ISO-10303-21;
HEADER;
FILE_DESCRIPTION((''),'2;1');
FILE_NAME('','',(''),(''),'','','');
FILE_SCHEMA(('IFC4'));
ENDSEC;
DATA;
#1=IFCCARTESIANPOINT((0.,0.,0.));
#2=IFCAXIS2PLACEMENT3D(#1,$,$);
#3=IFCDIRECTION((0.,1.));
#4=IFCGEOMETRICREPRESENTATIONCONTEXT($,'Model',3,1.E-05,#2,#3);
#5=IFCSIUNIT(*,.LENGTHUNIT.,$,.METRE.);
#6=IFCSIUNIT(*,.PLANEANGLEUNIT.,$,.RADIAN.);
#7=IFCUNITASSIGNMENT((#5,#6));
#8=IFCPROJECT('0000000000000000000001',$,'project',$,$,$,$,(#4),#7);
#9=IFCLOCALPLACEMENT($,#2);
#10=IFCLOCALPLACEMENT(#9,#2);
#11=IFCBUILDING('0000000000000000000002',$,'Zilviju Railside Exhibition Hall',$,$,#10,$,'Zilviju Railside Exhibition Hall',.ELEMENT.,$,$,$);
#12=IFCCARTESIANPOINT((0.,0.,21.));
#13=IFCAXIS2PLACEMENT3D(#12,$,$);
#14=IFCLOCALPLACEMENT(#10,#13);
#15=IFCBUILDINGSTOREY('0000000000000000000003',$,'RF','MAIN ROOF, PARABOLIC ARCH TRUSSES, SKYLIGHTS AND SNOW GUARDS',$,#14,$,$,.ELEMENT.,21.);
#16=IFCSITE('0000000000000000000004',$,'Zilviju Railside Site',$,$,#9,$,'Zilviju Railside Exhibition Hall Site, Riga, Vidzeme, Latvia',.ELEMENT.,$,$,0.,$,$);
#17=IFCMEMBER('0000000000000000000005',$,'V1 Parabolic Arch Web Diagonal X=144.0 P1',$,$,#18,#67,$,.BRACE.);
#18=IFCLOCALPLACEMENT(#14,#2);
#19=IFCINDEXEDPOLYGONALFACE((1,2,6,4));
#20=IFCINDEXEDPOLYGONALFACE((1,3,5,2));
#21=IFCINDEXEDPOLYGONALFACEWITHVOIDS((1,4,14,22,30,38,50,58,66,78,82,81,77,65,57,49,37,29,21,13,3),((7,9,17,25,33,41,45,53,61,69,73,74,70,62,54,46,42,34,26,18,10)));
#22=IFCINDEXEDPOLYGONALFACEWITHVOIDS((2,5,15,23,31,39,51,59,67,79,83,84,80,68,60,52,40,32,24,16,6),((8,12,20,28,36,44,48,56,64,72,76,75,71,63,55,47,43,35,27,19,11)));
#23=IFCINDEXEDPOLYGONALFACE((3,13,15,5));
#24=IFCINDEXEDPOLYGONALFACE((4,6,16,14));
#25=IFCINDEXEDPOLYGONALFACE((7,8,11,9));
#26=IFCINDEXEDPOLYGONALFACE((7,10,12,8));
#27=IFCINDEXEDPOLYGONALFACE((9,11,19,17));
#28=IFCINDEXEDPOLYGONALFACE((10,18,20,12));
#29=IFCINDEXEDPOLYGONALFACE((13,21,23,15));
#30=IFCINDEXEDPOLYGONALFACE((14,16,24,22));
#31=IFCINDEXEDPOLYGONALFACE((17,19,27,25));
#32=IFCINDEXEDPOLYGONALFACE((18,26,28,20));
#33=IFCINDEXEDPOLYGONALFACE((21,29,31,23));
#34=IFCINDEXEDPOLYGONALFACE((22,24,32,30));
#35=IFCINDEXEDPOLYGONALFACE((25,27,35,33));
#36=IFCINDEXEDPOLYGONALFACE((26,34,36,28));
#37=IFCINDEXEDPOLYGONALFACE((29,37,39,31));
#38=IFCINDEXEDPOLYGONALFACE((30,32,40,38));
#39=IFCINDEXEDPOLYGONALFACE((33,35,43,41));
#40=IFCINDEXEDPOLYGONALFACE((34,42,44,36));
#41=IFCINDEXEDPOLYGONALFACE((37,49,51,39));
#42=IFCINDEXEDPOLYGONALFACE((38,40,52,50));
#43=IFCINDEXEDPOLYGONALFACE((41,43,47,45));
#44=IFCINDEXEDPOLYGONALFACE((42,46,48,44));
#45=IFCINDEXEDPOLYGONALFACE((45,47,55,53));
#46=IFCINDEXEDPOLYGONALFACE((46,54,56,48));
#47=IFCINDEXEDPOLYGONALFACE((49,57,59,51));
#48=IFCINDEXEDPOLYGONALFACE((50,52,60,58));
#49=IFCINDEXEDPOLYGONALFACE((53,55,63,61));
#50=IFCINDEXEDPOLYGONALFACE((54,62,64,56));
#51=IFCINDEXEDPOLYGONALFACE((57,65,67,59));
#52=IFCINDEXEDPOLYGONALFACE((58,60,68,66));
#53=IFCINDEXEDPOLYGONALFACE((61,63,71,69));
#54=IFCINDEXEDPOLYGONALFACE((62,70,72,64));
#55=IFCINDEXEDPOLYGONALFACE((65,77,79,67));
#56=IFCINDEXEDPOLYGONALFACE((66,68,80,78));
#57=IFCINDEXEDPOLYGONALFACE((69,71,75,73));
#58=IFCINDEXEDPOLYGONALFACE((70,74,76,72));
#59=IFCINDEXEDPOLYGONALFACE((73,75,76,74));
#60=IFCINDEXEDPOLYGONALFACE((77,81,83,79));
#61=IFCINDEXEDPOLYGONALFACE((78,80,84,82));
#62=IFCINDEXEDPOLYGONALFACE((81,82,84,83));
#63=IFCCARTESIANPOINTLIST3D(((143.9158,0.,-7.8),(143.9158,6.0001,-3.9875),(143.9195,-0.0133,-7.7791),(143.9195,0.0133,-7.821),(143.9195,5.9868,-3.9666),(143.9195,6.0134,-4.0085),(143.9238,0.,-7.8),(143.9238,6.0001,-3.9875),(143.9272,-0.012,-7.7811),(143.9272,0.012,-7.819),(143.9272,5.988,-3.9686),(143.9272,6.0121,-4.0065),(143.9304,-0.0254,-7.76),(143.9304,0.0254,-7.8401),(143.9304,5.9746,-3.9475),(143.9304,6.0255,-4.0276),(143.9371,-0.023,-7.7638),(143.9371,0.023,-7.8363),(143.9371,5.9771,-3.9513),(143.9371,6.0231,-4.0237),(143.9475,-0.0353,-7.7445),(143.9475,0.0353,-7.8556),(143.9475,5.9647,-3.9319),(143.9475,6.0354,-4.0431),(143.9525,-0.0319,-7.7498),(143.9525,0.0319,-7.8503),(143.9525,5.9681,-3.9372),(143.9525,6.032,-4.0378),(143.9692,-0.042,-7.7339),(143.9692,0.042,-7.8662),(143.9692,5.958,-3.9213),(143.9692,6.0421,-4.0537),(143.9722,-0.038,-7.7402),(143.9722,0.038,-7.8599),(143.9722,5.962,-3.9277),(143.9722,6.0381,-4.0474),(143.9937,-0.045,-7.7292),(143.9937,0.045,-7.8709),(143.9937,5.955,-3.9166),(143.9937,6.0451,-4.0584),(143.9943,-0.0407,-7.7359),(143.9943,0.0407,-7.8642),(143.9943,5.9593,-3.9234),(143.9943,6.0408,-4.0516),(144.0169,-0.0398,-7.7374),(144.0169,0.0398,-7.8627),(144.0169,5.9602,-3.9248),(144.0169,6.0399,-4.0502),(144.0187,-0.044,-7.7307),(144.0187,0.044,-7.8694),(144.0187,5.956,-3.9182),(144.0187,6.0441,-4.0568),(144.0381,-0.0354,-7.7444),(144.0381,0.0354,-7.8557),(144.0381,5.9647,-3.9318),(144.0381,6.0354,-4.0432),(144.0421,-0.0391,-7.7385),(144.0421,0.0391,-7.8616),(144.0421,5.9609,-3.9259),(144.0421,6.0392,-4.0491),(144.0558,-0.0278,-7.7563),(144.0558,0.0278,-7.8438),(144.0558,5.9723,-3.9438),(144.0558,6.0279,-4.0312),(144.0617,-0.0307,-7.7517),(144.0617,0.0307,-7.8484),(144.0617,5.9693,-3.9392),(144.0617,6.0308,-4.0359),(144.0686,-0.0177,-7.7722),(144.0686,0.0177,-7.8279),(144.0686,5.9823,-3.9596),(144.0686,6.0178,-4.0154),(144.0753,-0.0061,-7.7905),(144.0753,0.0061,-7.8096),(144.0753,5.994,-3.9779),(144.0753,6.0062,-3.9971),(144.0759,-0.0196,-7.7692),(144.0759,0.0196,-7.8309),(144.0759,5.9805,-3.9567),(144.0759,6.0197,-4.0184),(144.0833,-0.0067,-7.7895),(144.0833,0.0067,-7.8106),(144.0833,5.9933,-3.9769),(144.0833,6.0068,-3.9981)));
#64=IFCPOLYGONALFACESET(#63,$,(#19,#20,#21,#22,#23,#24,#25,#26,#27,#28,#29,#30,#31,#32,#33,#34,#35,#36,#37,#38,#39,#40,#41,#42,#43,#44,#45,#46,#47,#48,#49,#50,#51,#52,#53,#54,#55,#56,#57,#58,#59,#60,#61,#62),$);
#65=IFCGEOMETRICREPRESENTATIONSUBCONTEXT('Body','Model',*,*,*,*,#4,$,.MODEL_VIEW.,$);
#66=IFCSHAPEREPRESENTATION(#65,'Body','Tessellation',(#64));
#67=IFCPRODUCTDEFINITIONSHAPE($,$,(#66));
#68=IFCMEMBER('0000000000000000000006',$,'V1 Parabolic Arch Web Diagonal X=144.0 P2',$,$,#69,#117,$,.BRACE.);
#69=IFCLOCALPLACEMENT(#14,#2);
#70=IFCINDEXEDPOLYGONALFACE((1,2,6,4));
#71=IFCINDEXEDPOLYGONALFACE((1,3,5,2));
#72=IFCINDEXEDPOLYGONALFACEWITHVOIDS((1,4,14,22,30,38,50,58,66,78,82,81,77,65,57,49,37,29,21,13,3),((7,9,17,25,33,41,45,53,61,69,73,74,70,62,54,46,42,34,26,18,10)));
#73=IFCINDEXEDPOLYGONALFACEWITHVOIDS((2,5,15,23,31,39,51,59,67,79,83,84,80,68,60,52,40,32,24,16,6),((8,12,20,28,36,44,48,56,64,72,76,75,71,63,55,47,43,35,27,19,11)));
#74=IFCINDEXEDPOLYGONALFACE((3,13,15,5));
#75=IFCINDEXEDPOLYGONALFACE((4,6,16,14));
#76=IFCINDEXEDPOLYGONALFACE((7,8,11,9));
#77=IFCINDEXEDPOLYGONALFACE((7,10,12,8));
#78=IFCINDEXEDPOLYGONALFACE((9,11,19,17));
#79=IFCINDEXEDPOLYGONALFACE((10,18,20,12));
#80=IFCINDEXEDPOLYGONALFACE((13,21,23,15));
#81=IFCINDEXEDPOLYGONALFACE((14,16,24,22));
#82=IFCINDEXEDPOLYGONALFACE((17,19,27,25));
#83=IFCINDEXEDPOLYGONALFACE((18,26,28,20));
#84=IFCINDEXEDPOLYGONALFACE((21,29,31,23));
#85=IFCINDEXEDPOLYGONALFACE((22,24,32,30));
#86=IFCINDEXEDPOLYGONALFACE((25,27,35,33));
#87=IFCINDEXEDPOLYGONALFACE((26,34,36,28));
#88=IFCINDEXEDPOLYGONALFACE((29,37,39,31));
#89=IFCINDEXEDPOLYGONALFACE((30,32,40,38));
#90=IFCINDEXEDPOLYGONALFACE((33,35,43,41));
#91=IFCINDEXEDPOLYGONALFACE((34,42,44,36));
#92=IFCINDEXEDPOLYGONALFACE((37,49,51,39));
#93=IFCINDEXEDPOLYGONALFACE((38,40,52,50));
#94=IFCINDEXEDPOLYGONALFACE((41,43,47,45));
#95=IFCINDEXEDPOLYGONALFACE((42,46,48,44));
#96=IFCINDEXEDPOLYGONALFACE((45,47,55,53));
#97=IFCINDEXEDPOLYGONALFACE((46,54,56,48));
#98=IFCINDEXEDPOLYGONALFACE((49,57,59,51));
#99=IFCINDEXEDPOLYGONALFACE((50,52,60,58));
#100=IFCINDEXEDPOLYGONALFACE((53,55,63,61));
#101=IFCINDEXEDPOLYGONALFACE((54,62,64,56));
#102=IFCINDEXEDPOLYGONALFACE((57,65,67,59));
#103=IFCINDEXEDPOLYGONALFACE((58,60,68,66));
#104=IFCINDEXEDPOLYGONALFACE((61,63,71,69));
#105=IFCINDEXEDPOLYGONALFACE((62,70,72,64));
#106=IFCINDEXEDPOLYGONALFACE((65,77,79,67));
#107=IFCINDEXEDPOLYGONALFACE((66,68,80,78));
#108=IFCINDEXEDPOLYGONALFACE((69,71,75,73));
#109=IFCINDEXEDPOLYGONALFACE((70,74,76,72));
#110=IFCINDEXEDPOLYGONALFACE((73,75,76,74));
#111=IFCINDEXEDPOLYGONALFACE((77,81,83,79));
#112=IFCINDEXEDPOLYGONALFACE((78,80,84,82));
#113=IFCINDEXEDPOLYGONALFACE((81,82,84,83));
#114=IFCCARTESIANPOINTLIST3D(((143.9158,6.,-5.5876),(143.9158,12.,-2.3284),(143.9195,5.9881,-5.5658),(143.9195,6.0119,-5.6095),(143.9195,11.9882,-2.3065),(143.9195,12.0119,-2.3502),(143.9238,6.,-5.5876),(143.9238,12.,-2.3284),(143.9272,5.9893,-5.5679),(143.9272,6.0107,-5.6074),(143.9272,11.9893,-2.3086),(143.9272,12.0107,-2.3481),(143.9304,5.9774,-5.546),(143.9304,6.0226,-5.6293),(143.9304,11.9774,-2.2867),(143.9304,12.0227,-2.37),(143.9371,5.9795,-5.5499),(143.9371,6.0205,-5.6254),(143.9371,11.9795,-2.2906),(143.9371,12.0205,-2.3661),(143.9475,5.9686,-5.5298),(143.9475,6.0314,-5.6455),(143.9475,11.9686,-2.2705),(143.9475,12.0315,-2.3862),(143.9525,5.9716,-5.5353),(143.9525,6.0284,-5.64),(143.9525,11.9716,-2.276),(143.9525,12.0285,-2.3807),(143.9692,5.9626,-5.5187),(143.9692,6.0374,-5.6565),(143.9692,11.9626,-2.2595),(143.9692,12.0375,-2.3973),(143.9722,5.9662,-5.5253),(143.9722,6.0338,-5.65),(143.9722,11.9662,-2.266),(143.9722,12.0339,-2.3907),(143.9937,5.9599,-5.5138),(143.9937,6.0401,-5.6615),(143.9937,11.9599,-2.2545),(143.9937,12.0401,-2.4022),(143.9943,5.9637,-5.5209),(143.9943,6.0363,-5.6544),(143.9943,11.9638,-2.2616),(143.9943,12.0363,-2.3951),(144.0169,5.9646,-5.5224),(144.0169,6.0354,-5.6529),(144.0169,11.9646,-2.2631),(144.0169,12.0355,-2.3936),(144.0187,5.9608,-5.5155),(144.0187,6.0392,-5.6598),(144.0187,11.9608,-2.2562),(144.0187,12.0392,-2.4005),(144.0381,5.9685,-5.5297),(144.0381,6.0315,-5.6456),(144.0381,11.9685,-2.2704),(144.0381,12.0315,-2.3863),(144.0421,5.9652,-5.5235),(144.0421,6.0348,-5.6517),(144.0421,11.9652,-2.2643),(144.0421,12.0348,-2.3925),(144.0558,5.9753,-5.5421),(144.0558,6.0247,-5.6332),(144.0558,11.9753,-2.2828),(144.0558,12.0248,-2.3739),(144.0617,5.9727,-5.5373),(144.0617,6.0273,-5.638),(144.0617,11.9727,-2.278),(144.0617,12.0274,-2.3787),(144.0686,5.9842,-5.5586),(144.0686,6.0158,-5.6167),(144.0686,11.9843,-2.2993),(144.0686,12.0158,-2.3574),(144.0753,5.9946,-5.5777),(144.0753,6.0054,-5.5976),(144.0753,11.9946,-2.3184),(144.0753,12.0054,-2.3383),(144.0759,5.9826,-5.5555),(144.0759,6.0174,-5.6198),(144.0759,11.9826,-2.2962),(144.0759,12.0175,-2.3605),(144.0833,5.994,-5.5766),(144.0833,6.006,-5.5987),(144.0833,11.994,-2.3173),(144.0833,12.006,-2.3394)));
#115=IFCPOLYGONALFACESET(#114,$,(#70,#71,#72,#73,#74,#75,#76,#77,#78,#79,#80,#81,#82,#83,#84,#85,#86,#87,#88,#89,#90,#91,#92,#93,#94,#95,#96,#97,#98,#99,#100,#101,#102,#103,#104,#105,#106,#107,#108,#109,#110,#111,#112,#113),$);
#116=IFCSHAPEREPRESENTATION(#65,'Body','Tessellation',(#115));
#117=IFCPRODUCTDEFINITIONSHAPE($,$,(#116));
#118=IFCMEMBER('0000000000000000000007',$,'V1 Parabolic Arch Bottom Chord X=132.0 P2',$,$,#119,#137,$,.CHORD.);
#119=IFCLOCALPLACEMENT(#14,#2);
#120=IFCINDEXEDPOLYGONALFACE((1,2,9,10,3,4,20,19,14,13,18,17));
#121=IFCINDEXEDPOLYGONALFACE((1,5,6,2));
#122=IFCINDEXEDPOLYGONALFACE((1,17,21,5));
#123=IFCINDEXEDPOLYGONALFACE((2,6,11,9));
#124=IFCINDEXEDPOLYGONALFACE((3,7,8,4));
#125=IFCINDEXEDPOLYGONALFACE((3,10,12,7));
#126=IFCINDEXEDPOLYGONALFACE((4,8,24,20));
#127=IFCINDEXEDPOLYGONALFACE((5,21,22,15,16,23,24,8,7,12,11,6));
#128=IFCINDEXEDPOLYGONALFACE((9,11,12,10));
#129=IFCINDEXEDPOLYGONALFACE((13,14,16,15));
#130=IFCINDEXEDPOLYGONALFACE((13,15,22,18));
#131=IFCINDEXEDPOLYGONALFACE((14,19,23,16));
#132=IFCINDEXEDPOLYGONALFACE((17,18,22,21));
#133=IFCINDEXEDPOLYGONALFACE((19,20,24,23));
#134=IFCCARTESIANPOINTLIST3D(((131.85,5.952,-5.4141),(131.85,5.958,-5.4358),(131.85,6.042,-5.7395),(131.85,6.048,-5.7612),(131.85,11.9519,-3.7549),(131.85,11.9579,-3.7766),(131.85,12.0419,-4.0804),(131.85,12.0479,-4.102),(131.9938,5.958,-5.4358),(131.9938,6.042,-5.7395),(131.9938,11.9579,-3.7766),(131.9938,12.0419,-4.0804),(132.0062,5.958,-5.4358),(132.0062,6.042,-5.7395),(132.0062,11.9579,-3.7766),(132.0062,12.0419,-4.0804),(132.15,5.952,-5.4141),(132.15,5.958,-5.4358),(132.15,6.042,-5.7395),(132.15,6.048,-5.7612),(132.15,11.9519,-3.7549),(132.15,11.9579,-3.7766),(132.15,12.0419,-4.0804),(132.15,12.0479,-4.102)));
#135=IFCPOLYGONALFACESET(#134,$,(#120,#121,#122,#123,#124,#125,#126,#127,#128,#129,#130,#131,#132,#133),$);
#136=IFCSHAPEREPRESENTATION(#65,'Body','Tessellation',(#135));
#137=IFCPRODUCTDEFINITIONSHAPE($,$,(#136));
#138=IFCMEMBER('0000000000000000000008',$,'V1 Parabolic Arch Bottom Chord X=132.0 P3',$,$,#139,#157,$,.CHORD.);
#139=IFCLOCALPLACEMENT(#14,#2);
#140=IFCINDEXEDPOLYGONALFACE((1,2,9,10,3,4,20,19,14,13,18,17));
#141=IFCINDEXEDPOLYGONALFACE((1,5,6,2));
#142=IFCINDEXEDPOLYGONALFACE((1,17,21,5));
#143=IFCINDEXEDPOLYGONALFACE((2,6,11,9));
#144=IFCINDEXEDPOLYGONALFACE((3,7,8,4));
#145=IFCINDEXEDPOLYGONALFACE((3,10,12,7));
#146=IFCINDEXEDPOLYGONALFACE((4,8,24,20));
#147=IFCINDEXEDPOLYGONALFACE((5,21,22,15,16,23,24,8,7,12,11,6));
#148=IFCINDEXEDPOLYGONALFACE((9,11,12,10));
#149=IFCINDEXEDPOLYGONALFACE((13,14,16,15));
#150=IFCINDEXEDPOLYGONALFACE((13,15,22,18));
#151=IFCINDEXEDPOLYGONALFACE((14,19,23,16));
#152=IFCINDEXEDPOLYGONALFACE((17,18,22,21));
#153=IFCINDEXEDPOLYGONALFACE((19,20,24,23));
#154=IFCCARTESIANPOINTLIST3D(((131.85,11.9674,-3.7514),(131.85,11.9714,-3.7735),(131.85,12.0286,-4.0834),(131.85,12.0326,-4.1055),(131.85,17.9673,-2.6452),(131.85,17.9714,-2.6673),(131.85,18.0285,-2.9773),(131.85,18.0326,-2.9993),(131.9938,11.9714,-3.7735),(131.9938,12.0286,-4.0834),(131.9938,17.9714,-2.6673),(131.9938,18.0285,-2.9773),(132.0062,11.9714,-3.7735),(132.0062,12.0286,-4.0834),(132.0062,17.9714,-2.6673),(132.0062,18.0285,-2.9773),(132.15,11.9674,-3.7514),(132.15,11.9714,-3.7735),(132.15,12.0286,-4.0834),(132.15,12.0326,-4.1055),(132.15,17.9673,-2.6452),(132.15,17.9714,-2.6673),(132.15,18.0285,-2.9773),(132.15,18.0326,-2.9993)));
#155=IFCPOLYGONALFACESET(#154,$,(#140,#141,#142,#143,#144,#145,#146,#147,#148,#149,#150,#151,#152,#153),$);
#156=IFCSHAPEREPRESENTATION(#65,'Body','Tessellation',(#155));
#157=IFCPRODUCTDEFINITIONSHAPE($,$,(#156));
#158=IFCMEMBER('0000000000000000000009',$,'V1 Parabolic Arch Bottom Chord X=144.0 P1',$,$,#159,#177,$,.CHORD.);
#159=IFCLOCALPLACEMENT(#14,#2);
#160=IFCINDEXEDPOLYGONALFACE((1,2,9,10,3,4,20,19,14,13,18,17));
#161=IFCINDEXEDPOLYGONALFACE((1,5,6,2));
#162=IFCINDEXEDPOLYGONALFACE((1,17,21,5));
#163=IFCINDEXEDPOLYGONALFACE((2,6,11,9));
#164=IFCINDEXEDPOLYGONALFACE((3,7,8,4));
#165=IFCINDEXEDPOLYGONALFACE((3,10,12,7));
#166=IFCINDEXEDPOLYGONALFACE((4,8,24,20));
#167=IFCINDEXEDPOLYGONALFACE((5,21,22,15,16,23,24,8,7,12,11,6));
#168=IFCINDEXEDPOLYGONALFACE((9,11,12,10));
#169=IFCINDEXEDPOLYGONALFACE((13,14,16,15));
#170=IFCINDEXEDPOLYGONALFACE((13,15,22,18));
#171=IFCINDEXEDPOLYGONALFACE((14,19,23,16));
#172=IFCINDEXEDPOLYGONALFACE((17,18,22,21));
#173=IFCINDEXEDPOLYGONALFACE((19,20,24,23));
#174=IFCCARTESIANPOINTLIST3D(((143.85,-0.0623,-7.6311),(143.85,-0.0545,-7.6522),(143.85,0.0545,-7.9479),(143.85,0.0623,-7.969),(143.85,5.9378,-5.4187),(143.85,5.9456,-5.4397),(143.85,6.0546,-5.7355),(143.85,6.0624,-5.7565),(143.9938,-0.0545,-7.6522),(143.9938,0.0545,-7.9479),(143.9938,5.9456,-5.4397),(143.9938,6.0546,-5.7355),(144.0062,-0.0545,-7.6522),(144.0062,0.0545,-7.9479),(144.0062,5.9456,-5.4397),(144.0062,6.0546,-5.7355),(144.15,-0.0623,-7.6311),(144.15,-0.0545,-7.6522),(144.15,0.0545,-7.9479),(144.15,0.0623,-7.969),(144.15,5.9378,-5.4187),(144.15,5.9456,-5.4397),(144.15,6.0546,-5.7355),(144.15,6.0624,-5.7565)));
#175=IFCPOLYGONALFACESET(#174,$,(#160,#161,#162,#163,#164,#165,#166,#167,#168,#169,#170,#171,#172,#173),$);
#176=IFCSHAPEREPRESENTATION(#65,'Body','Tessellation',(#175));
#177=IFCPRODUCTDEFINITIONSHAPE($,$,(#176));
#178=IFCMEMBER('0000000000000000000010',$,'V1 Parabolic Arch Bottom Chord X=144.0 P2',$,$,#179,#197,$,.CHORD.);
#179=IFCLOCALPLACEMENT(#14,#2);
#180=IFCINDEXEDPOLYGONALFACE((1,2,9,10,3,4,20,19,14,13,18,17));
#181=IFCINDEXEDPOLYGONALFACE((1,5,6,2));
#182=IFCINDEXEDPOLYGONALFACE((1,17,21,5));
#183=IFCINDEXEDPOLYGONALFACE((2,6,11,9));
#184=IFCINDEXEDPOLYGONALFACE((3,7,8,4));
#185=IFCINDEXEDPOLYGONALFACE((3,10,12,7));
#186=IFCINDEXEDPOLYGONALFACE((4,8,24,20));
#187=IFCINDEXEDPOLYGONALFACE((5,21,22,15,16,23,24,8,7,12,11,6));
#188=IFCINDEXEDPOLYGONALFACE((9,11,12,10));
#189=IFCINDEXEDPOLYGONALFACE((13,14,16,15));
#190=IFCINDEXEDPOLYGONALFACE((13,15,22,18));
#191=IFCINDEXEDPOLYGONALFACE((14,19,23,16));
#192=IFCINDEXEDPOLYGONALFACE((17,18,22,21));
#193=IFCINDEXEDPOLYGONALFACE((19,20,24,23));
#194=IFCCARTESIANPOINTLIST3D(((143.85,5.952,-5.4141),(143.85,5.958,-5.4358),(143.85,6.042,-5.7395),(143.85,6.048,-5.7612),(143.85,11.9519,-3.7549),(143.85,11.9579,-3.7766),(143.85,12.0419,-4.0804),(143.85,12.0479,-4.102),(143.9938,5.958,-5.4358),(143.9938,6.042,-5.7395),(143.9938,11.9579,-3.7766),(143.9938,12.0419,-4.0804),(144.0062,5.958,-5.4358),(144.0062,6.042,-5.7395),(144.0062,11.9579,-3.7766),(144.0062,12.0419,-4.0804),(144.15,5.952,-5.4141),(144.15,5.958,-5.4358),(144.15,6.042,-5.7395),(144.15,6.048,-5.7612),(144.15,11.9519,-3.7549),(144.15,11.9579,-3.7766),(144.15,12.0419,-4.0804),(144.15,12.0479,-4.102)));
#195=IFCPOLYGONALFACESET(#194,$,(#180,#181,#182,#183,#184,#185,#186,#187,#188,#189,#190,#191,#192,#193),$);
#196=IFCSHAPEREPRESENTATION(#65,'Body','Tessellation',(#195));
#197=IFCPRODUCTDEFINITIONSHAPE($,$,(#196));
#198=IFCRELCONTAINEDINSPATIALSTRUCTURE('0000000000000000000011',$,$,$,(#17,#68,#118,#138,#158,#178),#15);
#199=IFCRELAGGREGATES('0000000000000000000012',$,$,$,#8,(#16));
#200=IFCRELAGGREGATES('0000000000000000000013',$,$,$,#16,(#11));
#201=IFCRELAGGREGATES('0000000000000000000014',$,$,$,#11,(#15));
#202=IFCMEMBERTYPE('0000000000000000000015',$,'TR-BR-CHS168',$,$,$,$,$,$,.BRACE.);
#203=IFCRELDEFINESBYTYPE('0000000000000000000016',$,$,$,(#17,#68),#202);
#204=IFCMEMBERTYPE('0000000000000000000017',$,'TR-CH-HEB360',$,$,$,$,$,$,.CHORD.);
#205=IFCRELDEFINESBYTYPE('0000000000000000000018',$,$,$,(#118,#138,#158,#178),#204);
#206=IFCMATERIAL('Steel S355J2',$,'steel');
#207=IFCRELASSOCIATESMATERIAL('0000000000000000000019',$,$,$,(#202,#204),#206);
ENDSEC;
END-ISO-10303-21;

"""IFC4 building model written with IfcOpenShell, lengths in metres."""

from ifc_helpers import new_model, si_unit, direction, frame, origin, origin_2d, place, context, subcontext, project, spatial, hollow_circle, i_section, extrude, material, material_profile, profile_set, type_object, element, save


model = new_model("IFC4")

# Units and contexts
model_context = context("Model", 3, precision=1e-05, world=origin(), true_north=direction((0.0, 1.0)))
body_context = subcontext(model_context, "Body", "Model", "MODEL_VIEW")
ifc_project = project(units=[si_unit("LENGTHUNIT", "METRE"), si_unit("PLANEANGLEUNIT", "RADIAN")], contexts=[model_context])

# Site, building, storey
site_placement = place(None, origin())
site = spatial("IfcSite", under=ifc_project, at=site_placement, Name="Zilviju Railside Site", LongName="Zilviju Railside Exhibition Hall Site, Riga, Vidzeme, Latvia", CompositionType="ELEMENT", RefElevation=0.0)
building_placement = place(site_placement, origin())
building = spatial("IfcBuilding", under=site, at=building_placement, Name="Zilviju Railside Exhibition Hall", LongName="Zilviju Railside Exhibition Hall", CompositionType="ELEMENT")
storey_placement = place(building_placement, frame((0.0, 0.0, 21.0)))
storey = spatial("IfcBuildingStorey", under=building, at=storey_placement, Name="RF", Description="MAIN ROOF, PARABOLIC ARCH TRUSSES, SKYLIGHTS AND SNOW GUARDS", CompositionType="ELEMENT", Elevation=21.0)

# Members
ifc_material_1 = material(Name="Steel S355J2", Category="steel")
ifc_material_profile_1 = material_profile(ifc_material_1, hollow_circle(Radius=0.0842, WallThickness=0.0081, at=origin_2d()), Name="CHS 168.3x8.0")
ifc_profile_set_1 = profile_set([ifc_material_profile_1], Name="Steel S355J2")
member_type_1 = type_object("IfcMemberType", Name="TR-BR-CHS168", PredefinedType="BRACE", material=ifc_profile_set_1)
member_1_placement = place(storey_placement, frame((144.0, 0.0, -7.8), z_axis=(0.0, 0.844023, 0.536306), x_axis=(-1.0, 0.0, 0.0)))
element("IfcMember", 1, at=member_1_placement, inside=storey, type_object=member_type_1, Name="V1 Parabolic Arch Web Diagonal X=144.0 P1", PredefinedType="BRACE", context=body_context, shape_type="SweptSolid", body=[
    extrude(hollow_circle(Radius=0.0842, WallThickness=0.0081, at=origin_2d()), origin(), (0.0, 0.0, 1.0), 7.1089),
])
member_2_placement = place(storey_placement, frame((144.0, 6.0, -5.5876), z_axis=(0.0, 0.878722, 0.477333), x_axis=(-1.0, 0.0, 0.0)))
element("IfcMember", 2, at=member_2_placement, inside=storey, type_object=member_type_1, Name="V1 Parabolic Arch Web Diagonal X=144.0 P2", PredefinedType="BRACE", context=body_context, shape_type="SweptSolid", body=[
    extrude(hollow_circle(Radius=0.0842, WallThickness=0.0081, at=origin_2d()), origin(), (0.0, 0.0, 1.0), 6.8281),
])
ifc_material_profile_2 = material_profile(ifc_material_1, i_section(OverallWidth=0.3, OverallDepth=0.3601, WebThickness=0.0125, FlangeThickness=0.0225, at=origin_2d()), Name="HEB 360")
ifc_profile_set_2 = profile_set([ifc_material_profile_2], Name="Steel S355J2")
member_type_2 = type_object("IfcMemberType", Name="TR-CH-HEB360", PredefinedType="CHORD", material=ifc_profile_set_2)
member_3_placement = place(storey_placement, frame((132.0, 6.0, -5.5876), z_axis=(0.0, 0.963827, 0.266527), x_axis=(-1.0, 0.0, 0.0)))
element("IfcMember", 3, at=member_3_placement, inside=storey, type_object=member_type_2, Name="V1 Parabolic Arch Bottom Chord X=132.0 P2", PredefinedType="CHORD", context=body_context, shape_type="SweptSolid", body=[
    extrude(i_section(OverallWidth=0.3, OverallDepth=0.3601, WebThickness=0.0125, FlangeThickness=0.0225, at=origin_2d()), origin(), (0.0, 0.0, 1.0), 6.2251),
])
member_4_placement = place(storey_placement, frame((132.0, 12.0, -3.9285), z_axis=(0.0, 0.983426, 0.181311), x_axis=(-1.0, 0.0, 0.0)))
element("IfcMember", 4, at=member_4_placement, inside=storey, type_object=member_type_2, Name="V1 Parabolic Arch Bottom Chord X=132.0 P3", PredefinedType="CHORD", context=body_context, shape_type="SweptSolid", body=[
    extrude(i_section(OverallWidth=0.3, OverallDepth=0.3601, WebThickness=0.0125, FlangeThickness=0.0225, at=origin_2d()), origin(), (0.0, 0.0, 1.0), 6.1011),
])
member_5_placement = place(storey_placement, frame((144.0, 0.0, -7.8), z_axis=(0.0, 0.938248, 0.345964), x_axis=(-1.0, 0.0, 0.0)))
element("IfcMember", 5, at=member_5_placement, inside=storey, type_object=member_type_2, Name="V1 Parabolic Arch Bottom Chord X=144.0 P1", PredefinedType="CHORD", context=body_context, shape_type="SweptSolid", body=[
    extrude(i_section(OverallWidth=0.3, OverallDepth=0.3601, WebThickness=0.0125, FlangeThickness=0.0225, at=origin_2d()), origin(), (0.0, 0.0, 1.0), 6.395),
])
member_6_placement = place(storey_placement, frame((144.0, 6.0, -5.5876), z_axis=(0.0, 0.963827, 0.266527), x_axis=(-1.0, 0.0, 0.0)))
element("IfcMember", 6, at=member_6_placement, inside=storey, type_object=member_type_2, Name="V1 Parabolic Arch Bottom Chord X=144.0 P2", PredefinedType="CHORD", context=body_context, shape_type="SweptSolid", body=[
    extrude(i_section(OverallWidth=0.3, OverallDepth=0.3601, WebThickness=0.0125, FlangeThickness=0.0225, at=origin_2d()), origin(), (0.0, 0.0, 1.0), 6.2251),
])

save(model, "model.ifc")
